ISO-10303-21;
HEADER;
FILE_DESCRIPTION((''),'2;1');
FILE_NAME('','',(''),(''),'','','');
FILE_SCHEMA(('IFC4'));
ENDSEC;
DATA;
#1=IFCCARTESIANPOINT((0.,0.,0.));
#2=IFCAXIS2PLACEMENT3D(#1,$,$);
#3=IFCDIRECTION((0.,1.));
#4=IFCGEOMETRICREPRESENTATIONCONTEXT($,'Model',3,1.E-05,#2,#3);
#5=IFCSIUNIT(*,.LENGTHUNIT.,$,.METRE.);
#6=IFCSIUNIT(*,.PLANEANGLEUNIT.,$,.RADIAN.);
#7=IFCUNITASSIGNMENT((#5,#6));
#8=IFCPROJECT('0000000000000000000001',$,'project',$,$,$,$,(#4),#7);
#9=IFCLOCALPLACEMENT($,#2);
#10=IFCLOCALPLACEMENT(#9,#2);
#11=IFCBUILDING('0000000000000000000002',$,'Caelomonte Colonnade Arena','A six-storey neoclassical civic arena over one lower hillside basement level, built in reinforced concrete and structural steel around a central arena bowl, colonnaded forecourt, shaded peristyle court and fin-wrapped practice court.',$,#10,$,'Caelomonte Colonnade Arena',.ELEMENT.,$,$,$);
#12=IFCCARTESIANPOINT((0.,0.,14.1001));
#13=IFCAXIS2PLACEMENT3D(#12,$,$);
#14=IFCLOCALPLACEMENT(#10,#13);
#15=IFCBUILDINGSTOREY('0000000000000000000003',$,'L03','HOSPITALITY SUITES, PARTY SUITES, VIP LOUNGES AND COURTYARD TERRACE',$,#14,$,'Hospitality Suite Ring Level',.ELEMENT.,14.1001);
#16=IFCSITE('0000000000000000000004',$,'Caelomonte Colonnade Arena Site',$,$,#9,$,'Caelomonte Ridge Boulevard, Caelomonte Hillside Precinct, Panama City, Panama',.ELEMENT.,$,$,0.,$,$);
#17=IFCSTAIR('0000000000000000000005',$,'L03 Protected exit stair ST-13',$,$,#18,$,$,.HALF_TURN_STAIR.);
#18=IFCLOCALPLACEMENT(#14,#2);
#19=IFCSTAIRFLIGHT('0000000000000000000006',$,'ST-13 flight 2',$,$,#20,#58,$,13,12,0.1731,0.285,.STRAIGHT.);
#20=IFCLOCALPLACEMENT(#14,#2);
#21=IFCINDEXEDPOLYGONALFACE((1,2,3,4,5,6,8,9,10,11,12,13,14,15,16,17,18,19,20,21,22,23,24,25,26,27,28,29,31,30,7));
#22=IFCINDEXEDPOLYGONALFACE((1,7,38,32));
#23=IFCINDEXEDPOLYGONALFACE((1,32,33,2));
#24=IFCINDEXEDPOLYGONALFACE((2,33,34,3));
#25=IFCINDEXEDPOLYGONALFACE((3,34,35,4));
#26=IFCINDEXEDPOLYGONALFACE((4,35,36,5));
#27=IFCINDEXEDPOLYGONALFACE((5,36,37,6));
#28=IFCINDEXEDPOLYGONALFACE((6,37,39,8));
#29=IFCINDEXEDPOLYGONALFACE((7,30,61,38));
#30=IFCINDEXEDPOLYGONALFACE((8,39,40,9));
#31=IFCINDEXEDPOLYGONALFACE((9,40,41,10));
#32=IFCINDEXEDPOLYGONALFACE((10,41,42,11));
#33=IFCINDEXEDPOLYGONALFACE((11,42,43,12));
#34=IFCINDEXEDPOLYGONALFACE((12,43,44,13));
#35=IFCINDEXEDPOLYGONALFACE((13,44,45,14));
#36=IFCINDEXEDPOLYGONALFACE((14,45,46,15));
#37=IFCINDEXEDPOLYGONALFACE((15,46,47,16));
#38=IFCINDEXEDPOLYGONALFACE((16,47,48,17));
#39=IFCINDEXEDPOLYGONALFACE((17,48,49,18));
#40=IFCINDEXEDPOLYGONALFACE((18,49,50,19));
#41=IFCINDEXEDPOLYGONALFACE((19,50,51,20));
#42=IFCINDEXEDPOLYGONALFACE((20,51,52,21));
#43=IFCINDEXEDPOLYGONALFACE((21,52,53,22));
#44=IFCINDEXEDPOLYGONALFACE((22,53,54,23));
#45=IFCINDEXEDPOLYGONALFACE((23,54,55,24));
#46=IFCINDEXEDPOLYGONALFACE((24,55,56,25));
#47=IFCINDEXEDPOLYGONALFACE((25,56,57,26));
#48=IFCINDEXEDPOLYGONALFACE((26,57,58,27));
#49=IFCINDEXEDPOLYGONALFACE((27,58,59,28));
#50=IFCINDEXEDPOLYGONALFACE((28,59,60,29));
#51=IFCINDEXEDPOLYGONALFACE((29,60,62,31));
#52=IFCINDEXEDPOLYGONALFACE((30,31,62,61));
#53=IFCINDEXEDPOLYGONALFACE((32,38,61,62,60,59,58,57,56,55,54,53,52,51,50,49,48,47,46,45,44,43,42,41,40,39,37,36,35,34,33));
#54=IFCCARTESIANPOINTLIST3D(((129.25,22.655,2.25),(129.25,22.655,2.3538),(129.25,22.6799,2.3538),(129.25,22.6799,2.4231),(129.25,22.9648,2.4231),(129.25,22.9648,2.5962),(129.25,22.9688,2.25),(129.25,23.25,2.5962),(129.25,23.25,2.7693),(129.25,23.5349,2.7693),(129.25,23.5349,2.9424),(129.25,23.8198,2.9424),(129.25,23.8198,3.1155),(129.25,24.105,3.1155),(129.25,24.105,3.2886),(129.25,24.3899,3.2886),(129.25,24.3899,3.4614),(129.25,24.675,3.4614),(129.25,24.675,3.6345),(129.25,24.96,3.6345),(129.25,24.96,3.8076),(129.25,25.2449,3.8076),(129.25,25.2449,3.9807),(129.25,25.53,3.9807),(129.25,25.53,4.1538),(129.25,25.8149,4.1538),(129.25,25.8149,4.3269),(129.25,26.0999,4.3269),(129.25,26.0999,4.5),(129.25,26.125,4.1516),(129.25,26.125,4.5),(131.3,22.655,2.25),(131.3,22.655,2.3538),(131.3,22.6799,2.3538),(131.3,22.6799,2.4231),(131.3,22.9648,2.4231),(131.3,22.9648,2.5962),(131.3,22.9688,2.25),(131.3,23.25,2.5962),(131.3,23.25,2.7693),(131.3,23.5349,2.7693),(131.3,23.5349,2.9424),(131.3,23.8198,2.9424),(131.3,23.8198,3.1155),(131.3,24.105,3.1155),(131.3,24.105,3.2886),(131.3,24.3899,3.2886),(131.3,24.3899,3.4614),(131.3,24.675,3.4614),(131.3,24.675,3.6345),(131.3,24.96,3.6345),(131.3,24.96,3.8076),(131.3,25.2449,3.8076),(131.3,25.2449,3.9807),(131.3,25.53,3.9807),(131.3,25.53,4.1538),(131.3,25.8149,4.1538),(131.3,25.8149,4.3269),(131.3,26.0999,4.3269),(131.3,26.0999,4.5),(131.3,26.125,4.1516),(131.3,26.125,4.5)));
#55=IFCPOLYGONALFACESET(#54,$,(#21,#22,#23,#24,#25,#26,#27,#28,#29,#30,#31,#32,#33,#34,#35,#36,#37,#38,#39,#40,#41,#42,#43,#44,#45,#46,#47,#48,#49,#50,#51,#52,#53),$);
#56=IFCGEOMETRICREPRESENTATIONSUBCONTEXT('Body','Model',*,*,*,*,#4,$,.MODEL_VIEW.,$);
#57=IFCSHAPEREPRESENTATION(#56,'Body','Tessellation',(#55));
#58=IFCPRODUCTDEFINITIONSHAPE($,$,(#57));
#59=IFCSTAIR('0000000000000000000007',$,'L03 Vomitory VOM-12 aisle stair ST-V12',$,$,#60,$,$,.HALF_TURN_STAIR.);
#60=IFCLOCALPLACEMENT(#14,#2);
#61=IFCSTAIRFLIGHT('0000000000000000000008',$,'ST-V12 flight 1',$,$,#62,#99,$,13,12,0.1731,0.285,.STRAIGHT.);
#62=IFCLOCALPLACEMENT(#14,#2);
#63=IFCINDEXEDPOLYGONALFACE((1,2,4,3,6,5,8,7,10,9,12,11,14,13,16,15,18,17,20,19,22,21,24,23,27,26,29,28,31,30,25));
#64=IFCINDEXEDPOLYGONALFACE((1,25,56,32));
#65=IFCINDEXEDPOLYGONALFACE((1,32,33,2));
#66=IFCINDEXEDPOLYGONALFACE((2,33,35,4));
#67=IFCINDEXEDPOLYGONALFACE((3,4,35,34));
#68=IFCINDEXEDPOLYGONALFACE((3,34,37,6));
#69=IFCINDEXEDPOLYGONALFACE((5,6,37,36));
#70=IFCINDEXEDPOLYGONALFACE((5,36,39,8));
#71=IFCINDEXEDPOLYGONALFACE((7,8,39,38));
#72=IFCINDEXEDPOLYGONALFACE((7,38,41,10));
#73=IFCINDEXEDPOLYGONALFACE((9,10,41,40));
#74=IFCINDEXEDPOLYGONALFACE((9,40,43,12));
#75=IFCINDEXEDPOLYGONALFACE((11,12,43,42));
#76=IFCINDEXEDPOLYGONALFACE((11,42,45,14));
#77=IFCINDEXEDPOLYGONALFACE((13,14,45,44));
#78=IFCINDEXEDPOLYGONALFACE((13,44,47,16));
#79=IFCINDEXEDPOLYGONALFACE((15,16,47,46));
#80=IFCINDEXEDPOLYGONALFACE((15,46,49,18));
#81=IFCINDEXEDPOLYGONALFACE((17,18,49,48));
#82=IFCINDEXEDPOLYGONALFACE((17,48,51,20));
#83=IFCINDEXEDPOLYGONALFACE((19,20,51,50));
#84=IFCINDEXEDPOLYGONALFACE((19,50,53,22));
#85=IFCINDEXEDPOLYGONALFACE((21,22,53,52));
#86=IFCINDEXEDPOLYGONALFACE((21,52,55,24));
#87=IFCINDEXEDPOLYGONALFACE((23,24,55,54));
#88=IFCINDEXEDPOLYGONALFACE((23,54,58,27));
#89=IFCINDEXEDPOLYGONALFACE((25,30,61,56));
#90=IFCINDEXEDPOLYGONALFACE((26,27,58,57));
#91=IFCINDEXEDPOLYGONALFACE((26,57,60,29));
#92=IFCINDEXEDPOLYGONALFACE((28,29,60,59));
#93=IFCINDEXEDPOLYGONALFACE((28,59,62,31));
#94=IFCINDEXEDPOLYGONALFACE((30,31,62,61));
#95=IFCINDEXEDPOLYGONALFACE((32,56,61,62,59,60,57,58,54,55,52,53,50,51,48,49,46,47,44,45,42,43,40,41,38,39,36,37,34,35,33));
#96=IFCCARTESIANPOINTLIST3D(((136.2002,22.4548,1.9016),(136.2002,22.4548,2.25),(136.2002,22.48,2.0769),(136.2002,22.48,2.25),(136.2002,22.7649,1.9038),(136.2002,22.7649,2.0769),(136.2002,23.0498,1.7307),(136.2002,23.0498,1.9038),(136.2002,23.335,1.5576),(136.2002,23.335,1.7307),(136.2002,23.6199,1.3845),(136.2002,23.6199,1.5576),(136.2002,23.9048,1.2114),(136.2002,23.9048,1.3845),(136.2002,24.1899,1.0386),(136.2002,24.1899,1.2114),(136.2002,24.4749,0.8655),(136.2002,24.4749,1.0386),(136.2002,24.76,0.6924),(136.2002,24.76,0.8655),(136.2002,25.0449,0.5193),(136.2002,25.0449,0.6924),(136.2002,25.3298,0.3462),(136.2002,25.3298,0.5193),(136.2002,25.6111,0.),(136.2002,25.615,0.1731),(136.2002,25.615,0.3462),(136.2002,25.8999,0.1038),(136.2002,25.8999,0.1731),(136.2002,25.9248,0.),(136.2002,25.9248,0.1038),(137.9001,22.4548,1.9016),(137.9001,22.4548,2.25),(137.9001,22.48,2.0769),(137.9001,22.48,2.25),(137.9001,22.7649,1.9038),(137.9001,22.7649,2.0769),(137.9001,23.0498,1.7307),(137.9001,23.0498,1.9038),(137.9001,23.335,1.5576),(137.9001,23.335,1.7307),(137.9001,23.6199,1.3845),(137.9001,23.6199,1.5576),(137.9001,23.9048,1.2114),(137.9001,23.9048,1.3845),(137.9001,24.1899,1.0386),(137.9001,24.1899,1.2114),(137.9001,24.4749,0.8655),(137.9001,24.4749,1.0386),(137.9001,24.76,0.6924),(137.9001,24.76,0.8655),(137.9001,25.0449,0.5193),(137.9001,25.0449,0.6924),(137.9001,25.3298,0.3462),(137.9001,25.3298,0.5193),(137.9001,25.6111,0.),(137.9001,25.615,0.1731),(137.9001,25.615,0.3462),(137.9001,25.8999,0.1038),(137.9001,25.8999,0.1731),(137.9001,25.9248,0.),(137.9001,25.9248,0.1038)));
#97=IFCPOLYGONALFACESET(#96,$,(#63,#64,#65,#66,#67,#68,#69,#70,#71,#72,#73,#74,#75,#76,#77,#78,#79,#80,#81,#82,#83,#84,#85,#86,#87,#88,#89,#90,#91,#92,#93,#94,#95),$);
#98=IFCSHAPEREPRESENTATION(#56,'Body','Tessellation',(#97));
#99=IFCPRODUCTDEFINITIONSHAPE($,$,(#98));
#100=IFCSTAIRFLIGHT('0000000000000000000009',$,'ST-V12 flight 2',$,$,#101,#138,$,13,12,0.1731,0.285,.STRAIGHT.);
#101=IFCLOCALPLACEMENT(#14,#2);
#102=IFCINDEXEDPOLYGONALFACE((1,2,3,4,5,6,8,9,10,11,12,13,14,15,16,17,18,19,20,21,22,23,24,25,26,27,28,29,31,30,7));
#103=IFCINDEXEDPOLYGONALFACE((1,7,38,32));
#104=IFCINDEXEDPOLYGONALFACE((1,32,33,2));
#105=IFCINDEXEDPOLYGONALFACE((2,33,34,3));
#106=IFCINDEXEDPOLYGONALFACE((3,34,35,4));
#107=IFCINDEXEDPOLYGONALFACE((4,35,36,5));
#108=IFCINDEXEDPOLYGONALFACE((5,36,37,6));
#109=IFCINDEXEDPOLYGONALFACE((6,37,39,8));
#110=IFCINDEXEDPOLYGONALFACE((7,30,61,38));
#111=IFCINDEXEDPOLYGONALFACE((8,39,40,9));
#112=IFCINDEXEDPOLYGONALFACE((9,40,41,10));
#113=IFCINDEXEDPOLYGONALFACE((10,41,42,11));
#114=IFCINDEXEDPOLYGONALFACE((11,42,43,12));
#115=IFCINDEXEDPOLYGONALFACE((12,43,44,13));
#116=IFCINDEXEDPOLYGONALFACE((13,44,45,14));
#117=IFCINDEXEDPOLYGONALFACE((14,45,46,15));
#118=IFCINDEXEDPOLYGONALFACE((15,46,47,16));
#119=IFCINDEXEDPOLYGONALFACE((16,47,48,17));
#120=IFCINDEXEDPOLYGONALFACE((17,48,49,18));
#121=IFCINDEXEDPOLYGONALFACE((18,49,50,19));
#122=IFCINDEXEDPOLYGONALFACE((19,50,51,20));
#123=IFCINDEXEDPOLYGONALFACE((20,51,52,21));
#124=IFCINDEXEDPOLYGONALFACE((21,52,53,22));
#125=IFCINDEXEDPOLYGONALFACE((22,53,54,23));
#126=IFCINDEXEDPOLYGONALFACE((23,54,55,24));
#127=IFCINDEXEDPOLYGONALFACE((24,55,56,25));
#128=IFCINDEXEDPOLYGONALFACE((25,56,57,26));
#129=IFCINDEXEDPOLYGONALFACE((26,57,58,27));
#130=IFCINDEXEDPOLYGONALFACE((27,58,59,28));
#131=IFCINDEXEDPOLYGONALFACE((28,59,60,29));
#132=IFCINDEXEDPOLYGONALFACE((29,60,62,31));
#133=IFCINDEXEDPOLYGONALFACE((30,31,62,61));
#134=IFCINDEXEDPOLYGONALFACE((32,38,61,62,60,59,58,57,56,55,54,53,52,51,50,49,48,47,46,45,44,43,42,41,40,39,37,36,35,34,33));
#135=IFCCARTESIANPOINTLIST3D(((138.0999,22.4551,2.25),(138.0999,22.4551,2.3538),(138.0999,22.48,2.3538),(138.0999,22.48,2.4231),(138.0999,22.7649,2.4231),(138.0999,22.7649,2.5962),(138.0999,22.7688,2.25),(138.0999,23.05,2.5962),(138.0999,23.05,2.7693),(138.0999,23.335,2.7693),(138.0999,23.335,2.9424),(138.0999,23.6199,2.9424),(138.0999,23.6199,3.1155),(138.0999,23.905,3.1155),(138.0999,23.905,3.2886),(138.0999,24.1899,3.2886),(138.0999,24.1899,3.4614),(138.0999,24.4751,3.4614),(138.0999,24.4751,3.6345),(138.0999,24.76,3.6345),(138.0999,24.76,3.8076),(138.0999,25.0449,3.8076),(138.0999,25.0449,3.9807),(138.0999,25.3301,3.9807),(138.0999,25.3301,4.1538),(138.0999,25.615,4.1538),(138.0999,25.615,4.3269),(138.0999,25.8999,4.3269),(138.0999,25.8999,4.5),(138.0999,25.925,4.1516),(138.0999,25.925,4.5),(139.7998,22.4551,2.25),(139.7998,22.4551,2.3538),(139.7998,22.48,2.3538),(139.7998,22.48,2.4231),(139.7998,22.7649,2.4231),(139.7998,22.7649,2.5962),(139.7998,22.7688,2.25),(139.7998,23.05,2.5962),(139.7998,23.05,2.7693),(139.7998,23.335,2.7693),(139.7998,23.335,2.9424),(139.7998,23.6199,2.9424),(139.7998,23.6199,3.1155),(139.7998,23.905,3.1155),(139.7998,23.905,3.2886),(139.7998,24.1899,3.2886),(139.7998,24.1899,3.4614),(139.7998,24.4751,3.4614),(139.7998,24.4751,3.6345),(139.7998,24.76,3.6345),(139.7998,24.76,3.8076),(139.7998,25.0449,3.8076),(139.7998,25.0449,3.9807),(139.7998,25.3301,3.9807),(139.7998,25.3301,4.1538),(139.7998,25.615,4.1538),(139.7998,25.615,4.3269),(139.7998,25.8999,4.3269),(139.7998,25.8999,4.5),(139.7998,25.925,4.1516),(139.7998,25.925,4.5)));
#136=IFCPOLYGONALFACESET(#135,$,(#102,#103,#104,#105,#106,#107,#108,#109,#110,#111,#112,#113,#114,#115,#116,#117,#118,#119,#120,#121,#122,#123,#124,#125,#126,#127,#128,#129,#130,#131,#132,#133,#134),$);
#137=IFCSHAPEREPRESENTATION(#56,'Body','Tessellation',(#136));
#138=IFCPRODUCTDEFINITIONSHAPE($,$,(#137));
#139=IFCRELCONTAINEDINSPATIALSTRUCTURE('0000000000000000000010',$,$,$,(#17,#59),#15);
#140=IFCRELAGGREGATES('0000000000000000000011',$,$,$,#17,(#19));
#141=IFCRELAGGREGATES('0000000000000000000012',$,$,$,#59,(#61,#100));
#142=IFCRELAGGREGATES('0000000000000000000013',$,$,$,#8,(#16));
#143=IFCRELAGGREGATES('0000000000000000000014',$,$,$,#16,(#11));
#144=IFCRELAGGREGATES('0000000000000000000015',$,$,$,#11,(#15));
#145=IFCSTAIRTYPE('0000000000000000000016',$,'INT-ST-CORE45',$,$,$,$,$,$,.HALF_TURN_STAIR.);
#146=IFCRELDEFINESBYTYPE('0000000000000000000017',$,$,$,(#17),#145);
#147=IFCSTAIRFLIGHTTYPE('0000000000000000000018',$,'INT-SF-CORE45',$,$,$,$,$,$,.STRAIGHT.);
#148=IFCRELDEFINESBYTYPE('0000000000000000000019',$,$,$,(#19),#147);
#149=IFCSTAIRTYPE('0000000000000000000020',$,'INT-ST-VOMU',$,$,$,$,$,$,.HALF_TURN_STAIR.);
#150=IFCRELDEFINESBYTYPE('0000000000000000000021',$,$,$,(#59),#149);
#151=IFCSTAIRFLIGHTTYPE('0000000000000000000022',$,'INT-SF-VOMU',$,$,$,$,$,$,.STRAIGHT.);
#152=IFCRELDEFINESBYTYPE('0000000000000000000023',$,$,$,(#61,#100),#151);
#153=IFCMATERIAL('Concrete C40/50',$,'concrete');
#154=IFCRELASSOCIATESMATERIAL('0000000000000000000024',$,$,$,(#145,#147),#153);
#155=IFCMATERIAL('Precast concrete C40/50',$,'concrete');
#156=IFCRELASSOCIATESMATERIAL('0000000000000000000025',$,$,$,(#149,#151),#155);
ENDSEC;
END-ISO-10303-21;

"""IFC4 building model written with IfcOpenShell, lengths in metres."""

from ifc_helpers import new_model, si_unit, direction, frame, origin, place, context, subcontext, project, spatial, polyline, outline, extrude, material, type_object, element, aggregate, save


model = new_model("IFC4")

# Units and contexts
model_context = context("Model", 3, precision=1e-05, world=origin(), true_north=direction((0.0, 1.0)))
body_context = subcontext(model_context, "Body", "Model", "MODEL_VIEW")
ifc_project = project(units=[si_unit("LENGTHUNIT", "METRE"), si_unit("PLANEANGLEUNIT", "RADIAN")], contexts=[model_context])

# Site, building, storey
site_placement = place(None, origin())
site = spatial("IfcSite", under=ifc_project, at=site_placement, Name="Caelomonte Colonnade Arena Site", LongName="Caelomonte Ridge Boulevard, Caelomonte Hillside Precinct, Panama City, Panama", CompositionType="ELEMENT", RefElevation=0.0)
building_placement = place(site_placement, origin())
building = spatial("IfcBuilding", under=site, at=building_placement, Name="Caelomonte Colonnade Arena", Description="A six-storey neoclassical civic arena over one lower hillside basement level, built in reinforced concrete and structural steel around a central arena bowl, colonnaded forecourt, shaded peristyle court and fin-wrapped practice court.", LongName="Caelomonte Colonnade Arena", CompositionType="ELEMENT")
storey_placement = place(building_placement, frame((0.0, 0.0, 14.1001)))
storey = spatial("IfcBuildingStorey", under=building, at=storey_placement, Name="L03", Description="HOSPITALITY SUITES, PARTY SUITES, VIP LOUNGES AND COURTYARD TERRACE", LongName="Hospitality Suite Ring Level", CompositionType="ELEMENT", Elevation=14.1001)

# Stair, stair flight
ifc_material_1 = material(Name="Concrete C40/50", Category="concrete")
stair_type_1 = type_object("IfcStairType", Name="INT-ST-CORE45", PredefinedType="HALF_TURN_STAIR", material=ifc_material_1)
stair_1_placement = place(storey_placement, origin())
stair_1 = element("IfcStair", 1, at=stair_1_placement, inside=storey, type_object=stair_type_1, Name="L03 Protected exit stair ST-13", PredefinedType="HALF_TURN_STAIR")
stair_flight_type_1 = type_object("IfcStairFlightType", Name="INT-SF-CORE45", PredefinedType="STRAIGHT", material=ifc_material_1)
stair_flight_1_placement = place(storey_placement, frame((130.2749, 22.6799, 2.25), z_axis=(0.0, 0.0, 1.0), x_axis=(0.0, 1.0, 0.0)))
stair_flight_1 = element("IfcStairFlight", 2, at=stair_flight_1_placement, type_object=stair_flight_type_1, Name="ST-13 flight 2", NumberOfRisers=13, NumberOfTreads=12, PredefinedType="STRAIGHT", RiserHeight=0.1731, TreadLength=0.285, context=body_context, shape_type="SweptSolid", body=[
    extrude(outline(polyline([(-0.0249, 0.0), (-0.0249, 0.1038), (0.0, 0.1038), (0.0, 0.1731), (0.2849, 0.1731), (0.2849, 0.3462), (0.5701, 0.3462), (0.5701, 0.5193), (0.855, 0.5193), (0.855, 0.6924), (1.1399, 0.6924), (1.1399, 0.8655), (1.425, 0.8655), (1.425, 1.0386), (1.71, 1.0386), (1.71, 1.2114), (1.9951, 1.2114), (1.9951, 1.3845), (2.28, 1.3845), (2.28, 1.5576), (2.5649, 1.5576), (2.5649, 1.7307), (2.8501, 1.7307), (2.8501, 1.9038), (3.135, 1.9038), (3.135, 2.0769), (3.4199, 2.0769), (3.4199, 2.25), (3.4451, 2.25), (3.4451, 1.9016), (0.2888, 0.0), (-0.0249, 0.0)])), frame((0.0, 1.0249, 0.0), z_axis=(0.0, -1.0, 0.0), x_axis=(1.0, 0.0, 0.0)), (0.0, 0.0, 1.0), 2.05),
])
aggregate(stair_1, [stair_flight_1])

# Stair, stair flights
ifc_material_2 = material(Name="Precast concrete C40/50", Category="concrete")
stair_type_2 = type_object("IfcStairType", Name="INT-ST-VOMU", PredefinedType="HALF_TURN_STAIR", material=ifc_material_2)
stair_2_placement = place(storey_placement, origin())
stair_2 = element("IfcStair", 3, at=stair_2_placement, inside=storey, type_object=stair_type_2, Name="L03 Vomitory VOM-12 aisle stair ST-V12", PredefinedType="HALF_TURN_STAIR")
stair_flight_type_2 = type_object("IfcStairFlightType", Name="INT-SF-VOMU", PredefinedType="STRAIGHT", material=ifc_material_2)
stair_flight_2_placement = place(storey_placement, frame((137.05, 25.8999, 0.0), z_axis=(0.0, 0.0, 1.0), x_axis=(0.0, -1.0, 0.0)))
stair_flight_2 = element("IfcStairFlight", 4, at=stair_flight_2_placement, type_object=stair_flight_type_2, Name="ST-V12 flight 1", NumberOfRisers=13, NumberOfTreads=12, PredefinedType="STRAIGHT", RiserHeight=0.1731, TreadLength=0.285, context=body_context, shape_type="SweptSolid", body=[
    extrude(outline(polyline([(-0.0249, 0.0), (-0.0249, 0.1038), (0.0, 0.1038), (0.0, 0.1731), (0.2849, 0.1731), (0.2849, 0.3462), (0.5701, 0.3462), (0.5701, 0.5193), (0.855, 0.5193), (0.855, 0.6924), (1.1399, 0.6924), (1.1399, 0.8655), (1.425, 0.8655), (1.425, 1.0386), (1.71, 1.0386), (1.71, 1.2114), (1.9951, 1.2114), (1.9951, 1.3845), (2.28, 1.3845), (2.28, 1.5576), (2.5649, 1.5576), (2.5649, 1.7307), (2.8501, 1.7307), (2.8501, 1.9038), (3.135, 1.9038), (3.135, 2.0769), (3.4199, 2.0769), (3.4199, 2.25), (3.4451, 2.25), (3.4451, 1.9016), (0.2888, 0.0), (-0.0249, 0.0)])), frame((0.0, 0.8501, 0.0), z_axis=(0.0, -1.0, 0.0), x_axis=(1.0, 0.0, 0.0)), (0.0, 0.0, 1.0), 1.7),
])
stair_flight_3_placement = place(storey_placement, frame((138.95, 22.48, 2.25), z_axis=(0.0, 0.0, 1.0), x_axis=(0.0, 1.0, 0.0)))
stair_flight_3 = element("IfcStairFlight", 5, at=stair_flight_3_placement, type_object=stair_flight_type_2, Name="ST-V12 flight 2", NumberOfRisers=13, NumberOfTreads=12, PredefinedType="STRAIGHT", RiserHeight=0.1731, TreadLength=0.285, context=body_context, shape_type="SweptSolid", body=[
    extrude(outline(polyline([(-0.0249, 0.0), (-0.0249, 0.1038), (0.0, 0.1038), (0.0, 0.1731), (0.2849, 0.1731), (0.2849, 0.3462), (0.5701, 0.3462), (0.5701, 0.5193), (0.855, 0.5193), (0.855, 0.6924), (1.1399, 0.6924), (1.1399, 0.8655), (1.425, 0.8655), (1.425, 1.0386), (1.71, 1.0386), (1.71, 1.2114), (1.9951, 1.2114), (1.9951, 1.3845), (2.28, 1.3845), (2.28, 1.5576), (2.5649, 1.5576), (2.5649, 1.7307), (2.8501, 1.7307), (2.8501, 1.9038), (3.135, 1.9038), (3.135, 2.0769), (3.4199, 2.0769), (3.4199, 2.25), (3.4451, 2.25), (3.4451, 1.9016), (0.2888, 0.0), (-0.0249, 0.0)])), frame((0.0, 0.8501, 0.0), z_axis=(0.0, -1.0, 0.0), x_axis=(1.0, 0.0, 0.0)), (0.0, 0.0, 1.0), 1.7),
])
aggregate(stair_2, [stair_flight_2, stair_flight_3])

save(model, "model.ifc")
